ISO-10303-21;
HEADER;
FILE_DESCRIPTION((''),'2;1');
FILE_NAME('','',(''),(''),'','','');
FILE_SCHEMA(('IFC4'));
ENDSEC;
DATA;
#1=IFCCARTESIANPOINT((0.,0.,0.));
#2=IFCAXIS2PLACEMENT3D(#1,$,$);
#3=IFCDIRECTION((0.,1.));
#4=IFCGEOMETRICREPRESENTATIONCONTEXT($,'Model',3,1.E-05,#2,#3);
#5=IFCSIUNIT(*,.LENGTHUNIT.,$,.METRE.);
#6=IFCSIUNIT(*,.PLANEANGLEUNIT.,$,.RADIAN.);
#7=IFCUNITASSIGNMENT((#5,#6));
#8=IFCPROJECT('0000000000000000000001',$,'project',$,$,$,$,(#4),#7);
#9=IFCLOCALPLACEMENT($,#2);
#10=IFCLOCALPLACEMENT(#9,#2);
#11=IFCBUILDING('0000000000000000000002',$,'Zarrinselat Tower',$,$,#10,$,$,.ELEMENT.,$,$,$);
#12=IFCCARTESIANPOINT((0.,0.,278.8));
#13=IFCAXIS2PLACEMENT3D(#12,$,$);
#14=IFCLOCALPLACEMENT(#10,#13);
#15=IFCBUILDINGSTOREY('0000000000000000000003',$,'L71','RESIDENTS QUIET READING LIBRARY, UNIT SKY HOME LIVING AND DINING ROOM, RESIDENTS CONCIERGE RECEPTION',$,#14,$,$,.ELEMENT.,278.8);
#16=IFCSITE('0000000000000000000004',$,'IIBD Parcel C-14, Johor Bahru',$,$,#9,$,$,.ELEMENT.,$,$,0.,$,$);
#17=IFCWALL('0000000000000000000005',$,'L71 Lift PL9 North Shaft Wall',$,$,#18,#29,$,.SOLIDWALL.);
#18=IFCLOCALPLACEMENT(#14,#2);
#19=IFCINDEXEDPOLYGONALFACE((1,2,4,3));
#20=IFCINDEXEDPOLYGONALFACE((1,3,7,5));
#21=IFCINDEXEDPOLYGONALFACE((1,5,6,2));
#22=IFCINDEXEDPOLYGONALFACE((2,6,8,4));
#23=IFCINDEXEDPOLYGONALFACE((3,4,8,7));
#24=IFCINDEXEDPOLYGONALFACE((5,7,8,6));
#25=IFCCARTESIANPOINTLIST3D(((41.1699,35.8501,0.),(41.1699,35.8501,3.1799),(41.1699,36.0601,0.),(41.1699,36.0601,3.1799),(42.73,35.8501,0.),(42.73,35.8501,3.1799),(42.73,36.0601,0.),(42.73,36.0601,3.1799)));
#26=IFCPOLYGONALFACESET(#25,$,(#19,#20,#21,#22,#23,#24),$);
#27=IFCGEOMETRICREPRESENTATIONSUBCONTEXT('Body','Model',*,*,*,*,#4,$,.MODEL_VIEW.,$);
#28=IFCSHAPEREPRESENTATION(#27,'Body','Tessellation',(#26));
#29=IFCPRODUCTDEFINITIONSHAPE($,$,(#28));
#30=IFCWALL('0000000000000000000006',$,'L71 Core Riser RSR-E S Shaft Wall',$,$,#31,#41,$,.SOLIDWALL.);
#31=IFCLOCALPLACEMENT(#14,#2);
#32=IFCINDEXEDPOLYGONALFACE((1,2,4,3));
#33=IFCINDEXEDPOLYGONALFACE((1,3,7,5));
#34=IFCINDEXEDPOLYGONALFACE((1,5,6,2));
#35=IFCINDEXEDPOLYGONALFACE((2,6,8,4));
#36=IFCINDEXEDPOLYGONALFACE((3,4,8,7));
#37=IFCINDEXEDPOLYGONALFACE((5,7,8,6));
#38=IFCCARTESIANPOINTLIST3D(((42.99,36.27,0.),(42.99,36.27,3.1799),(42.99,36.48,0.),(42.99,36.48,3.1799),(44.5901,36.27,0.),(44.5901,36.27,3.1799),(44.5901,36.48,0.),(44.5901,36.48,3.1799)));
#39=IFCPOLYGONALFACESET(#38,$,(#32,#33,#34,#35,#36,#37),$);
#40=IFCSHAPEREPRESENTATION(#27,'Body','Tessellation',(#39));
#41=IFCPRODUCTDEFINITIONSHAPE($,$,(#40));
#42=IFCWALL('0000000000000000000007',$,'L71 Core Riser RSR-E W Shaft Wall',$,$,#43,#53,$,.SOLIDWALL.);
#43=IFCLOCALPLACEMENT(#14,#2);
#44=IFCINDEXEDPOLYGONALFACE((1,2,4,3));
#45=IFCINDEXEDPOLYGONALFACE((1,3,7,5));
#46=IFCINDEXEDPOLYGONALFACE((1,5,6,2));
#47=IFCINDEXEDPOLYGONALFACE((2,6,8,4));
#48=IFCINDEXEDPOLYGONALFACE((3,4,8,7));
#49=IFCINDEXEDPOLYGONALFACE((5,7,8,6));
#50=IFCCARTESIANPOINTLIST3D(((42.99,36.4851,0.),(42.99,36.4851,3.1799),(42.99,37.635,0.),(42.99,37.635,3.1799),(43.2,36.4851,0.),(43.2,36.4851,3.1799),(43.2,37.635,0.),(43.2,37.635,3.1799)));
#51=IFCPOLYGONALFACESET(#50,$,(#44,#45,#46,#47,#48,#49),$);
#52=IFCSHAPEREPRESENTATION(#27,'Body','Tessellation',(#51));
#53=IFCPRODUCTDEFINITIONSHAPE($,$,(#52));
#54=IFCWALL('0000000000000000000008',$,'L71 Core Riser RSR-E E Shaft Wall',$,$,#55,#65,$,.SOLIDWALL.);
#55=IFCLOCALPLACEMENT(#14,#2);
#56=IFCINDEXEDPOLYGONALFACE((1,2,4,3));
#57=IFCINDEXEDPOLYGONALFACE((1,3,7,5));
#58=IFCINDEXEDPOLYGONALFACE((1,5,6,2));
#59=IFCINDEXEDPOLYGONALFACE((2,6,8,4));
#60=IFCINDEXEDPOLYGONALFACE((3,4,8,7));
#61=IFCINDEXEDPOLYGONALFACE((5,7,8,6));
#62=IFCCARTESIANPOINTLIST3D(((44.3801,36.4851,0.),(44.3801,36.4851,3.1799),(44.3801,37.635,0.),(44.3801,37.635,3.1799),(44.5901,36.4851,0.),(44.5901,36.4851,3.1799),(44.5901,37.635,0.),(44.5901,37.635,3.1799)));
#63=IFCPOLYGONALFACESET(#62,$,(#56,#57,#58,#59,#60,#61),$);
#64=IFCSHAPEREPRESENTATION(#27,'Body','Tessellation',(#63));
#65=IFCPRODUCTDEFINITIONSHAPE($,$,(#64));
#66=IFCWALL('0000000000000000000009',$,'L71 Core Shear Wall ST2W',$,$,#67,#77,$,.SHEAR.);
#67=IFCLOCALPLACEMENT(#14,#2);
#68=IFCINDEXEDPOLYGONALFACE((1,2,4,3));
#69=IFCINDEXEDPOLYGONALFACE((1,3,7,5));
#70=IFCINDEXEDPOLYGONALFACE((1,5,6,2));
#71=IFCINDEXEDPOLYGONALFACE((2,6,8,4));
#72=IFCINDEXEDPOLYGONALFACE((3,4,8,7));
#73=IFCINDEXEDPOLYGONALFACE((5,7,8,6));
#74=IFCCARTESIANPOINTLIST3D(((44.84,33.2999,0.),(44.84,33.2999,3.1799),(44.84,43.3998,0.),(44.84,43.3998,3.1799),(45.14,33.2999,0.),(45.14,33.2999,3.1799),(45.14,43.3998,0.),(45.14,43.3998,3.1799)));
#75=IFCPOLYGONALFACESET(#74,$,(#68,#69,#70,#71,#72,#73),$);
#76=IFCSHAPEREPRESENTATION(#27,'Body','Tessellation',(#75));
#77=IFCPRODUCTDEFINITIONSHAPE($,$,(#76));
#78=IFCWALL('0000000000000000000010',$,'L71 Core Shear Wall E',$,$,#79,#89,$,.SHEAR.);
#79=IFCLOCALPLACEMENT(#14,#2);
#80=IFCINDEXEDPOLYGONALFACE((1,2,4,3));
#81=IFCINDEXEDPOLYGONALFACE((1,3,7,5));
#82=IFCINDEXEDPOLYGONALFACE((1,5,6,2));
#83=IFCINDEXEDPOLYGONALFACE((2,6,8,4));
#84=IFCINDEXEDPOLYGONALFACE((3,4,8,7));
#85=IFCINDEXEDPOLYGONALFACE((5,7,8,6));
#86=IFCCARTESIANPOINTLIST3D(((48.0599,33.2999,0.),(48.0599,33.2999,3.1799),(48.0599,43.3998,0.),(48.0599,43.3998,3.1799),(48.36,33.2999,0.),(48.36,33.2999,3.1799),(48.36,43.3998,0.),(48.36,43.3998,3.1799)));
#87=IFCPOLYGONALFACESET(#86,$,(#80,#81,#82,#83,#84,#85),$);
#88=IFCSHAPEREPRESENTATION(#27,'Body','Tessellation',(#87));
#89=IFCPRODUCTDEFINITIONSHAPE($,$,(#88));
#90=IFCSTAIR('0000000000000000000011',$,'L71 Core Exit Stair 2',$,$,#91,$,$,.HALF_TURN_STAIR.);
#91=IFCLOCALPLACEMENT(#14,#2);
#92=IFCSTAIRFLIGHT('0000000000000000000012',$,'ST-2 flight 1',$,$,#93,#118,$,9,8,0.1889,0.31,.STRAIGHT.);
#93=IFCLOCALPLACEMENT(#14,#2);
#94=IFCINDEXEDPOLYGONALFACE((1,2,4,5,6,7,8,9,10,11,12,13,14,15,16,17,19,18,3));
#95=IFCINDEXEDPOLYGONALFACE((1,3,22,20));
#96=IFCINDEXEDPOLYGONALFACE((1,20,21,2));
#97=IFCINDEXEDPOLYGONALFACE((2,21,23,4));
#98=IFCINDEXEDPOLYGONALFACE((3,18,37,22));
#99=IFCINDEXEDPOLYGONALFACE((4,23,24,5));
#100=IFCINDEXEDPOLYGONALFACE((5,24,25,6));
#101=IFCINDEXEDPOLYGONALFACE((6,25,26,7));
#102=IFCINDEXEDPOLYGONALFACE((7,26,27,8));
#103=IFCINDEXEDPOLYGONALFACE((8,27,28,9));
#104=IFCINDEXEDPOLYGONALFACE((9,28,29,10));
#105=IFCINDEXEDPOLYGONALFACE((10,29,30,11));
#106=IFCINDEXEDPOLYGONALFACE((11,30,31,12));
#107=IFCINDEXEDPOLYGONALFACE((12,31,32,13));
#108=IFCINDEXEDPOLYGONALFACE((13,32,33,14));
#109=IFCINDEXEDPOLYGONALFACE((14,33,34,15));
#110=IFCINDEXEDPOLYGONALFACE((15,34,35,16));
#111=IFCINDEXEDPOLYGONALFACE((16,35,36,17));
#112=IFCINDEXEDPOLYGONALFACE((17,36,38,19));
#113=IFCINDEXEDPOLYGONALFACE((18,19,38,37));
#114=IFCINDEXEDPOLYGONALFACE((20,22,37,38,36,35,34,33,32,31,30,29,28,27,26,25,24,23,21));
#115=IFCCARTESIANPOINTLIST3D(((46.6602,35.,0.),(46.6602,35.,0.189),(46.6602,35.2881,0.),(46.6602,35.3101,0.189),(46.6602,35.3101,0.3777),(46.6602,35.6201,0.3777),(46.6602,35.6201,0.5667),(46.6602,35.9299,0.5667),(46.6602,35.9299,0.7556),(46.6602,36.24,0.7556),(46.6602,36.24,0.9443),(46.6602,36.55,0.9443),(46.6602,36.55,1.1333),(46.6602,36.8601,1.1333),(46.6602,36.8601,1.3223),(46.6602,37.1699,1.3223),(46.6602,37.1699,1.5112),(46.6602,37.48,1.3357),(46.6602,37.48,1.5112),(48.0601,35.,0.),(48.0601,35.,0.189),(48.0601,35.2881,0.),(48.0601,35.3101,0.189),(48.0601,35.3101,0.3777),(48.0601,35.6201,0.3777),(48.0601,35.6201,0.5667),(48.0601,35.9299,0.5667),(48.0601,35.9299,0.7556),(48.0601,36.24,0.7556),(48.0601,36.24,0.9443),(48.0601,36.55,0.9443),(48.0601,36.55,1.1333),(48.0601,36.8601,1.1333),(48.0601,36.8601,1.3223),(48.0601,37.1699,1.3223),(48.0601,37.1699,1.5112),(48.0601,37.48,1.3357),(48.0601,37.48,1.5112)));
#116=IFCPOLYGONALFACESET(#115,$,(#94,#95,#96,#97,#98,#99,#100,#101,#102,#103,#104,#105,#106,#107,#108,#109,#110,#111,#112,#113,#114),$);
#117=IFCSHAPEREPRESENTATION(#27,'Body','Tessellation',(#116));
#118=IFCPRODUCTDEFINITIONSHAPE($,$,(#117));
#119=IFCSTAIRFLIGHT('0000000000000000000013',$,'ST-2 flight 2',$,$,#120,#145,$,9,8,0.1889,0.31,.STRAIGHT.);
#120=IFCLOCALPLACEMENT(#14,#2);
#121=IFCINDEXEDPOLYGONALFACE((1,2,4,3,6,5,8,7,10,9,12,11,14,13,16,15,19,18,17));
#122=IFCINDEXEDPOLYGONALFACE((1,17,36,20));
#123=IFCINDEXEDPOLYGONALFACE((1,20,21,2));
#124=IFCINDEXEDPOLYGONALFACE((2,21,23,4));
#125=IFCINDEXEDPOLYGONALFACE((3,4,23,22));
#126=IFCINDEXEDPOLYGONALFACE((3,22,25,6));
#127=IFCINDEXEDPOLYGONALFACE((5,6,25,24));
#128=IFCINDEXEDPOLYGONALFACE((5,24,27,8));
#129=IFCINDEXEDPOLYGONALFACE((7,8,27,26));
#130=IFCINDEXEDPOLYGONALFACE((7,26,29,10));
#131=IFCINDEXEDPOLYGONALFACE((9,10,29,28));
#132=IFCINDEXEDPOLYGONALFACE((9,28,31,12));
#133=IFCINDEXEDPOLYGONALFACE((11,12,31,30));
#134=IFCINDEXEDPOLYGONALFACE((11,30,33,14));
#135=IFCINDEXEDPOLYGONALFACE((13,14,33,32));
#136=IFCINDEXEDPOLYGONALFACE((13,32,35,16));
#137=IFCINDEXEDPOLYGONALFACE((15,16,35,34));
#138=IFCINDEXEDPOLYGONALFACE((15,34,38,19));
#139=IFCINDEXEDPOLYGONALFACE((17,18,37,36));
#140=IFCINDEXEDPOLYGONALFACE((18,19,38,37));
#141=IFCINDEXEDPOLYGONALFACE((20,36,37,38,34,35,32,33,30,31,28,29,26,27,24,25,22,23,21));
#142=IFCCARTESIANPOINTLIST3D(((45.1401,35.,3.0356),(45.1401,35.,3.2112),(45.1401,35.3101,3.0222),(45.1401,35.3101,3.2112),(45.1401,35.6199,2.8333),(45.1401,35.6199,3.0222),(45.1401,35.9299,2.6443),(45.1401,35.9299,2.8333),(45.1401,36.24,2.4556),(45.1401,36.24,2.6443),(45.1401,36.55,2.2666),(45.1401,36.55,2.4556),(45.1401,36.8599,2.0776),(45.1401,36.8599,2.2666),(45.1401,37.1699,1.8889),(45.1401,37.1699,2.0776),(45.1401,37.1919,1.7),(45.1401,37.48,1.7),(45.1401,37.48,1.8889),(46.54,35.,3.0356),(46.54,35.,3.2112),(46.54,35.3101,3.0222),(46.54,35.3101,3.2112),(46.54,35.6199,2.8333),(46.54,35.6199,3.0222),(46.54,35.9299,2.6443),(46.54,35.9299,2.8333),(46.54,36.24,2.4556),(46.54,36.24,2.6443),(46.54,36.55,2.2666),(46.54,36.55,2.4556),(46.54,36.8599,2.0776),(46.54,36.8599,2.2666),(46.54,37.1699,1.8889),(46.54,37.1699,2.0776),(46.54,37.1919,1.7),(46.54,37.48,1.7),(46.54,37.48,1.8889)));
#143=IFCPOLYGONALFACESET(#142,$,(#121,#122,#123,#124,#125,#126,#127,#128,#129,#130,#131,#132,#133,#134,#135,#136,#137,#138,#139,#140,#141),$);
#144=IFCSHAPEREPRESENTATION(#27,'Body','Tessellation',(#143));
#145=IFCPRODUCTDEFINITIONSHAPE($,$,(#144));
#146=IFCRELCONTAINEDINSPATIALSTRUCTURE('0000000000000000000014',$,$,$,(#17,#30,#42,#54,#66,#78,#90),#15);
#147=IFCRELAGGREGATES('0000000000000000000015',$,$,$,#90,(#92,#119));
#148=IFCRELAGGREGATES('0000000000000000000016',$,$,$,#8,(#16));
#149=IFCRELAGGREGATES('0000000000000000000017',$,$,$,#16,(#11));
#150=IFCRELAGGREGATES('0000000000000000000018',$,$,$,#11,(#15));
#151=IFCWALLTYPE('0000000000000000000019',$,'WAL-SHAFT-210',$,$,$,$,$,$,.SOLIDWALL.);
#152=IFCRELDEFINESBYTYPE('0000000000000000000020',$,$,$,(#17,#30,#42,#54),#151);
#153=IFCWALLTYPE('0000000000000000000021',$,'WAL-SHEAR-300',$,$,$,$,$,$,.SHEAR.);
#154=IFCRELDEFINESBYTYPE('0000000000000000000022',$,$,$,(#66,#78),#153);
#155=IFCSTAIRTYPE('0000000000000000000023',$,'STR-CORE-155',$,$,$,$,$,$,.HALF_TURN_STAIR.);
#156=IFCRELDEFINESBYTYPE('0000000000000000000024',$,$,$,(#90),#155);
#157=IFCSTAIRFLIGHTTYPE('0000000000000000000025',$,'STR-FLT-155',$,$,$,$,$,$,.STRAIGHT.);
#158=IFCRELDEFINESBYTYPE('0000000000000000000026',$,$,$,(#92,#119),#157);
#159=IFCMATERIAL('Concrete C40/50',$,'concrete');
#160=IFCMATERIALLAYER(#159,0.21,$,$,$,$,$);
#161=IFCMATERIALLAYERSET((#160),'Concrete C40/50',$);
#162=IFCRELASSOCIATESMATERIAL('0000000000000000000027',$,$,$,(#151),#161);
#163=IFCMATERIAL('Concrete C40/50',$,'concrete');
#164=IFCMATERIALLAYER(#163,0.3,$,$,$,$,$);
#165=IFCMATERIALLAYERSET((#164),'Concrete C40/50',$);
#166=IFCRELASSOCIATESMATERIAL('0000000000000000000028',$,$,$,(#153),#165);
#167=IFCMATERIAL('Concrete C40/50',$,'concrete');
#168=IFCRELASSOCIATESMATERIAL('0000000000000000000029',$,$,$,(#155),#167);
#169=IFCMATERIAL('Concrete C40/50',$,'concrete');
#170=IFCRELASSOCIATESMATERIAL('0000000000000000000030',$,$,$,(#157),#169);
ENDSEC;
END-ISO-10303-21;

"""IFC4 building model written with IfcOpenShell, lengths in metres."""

from ifc_helpers import new_model, si_unit, direction, frame, frame_2d, origin, place, context, subcontext, project, spatial, polyline, rectangle, outline, extrude, material, layer, layer_set, type_object, element, aggregate, save


model = new_model("IFC4")

# Units and contexts
model_context = context("Model", 3, precision=1e-05, world=origin(), true_north=direction((0.0, 1.0)))
body_context = subcontext(model_context, "Body", "Model", "MODEL_VIEW")
ifc_project = project(units=[si_unit("LENGTHUNIT", "METRE"), si_unit("PLANEANGLEUNIT", "RADIAN")], contexts=[model_context])

# Site, building, storey
site_placement = place(None, origin())
site = spatial("IfcSite", under=ifc_project, at=site_placement, Name="IIBD Parcel C-14, Johor Bahru", CompositionType="ELEMENT", RefElevation=0.0)
building_placement = place(site_placement, origin())
building = spatial("IfcBuilding", under=site, at=building_placement, Name="Zarrinselat Tower", CompositionType="ELEMENT")
storey_placement = place(building_placement, frame((0.0, 0.0, 278.8)))
storey = spatial("IfcBuildingStorey", under=building, at=storey_placement, Name="L71", Description="RESIDENTS QUIET READING LIBRARY, UNIT SKY HOME LIVING AND DINING ROOM, RESIDENTS CONCIERGE RECEPTION", CompositionType="ELEMENT", Elevation=278.8)

# Walls
ifc_material_1 = material(Name="Concrete C40/50", Category="concrete")
ifc_layer_1 = layer(ifc_material_1, 0.21)
ifc_layer_set_1 = layer_set([ifc_layer_1], Name="Concrete C40/50")
wall_type_1 = type_object("IfcWallType", Name="WAL-SHAFT-210", PredefinedType="SOLIDWALL", material=ifc_layer_set_1)
wall_1_placement = place(storey_placement, frame((41.1699, 35.9551, 0.0), z_axis=(0.0, 0.0, 1.0), x_axis=(1.0, 0.0, 0.0)))
element("IfcWall", 1, at=wall_1_placement, inside=storey, type_object=wall_type_1, Name="L71 Lift PL9 North Shaft Wall", PredefinedType="SOLIDWALL", context=body_context, shape_type="SweptSolid", body=[
    extrude(rectangle(XDim=1.5601, YDim=0.21, at=frame_2d((0.78, 0.0))), origin(), (0.0, 0.0, 1.0), 3.1799),
])
wall_2_placement = place(storey_placement, frame((42.99, 36.375, 0.0), z_axis=(0.0, 0.0, 1.0), x_axis=(1.0, 0.0, 0.0)))
element("IfcWall", 2, at=wall_2_placement, inside=storey, type_object=wall_type_1, Name="L71 Core Riser RSR-E S Shaft Wall", PredefinedType="SOLIDWALL", context=body_context, shape_type="SweptSolid", body=[
    extrude(rectangle(XDim=1.6001, YDim=0.21, at=frame_2d((0.8, 0.0))), origin(), (0.0, 0.0, 1.0), 3.1799),
])
for number, where, z_axis, x_axis, name in (
    (3, (43.095, 36.4851, 0.0), (0.0, 0.0, 1.0), (0.0, 1.0, 0.0), "L71 Core Riser RSR-E W Shaft Wall"),
    (4, (44.4851, 36.4851, 0.0), (0.0, 0.0, 1.0), (0.0, 1.0, 0.0), "L71 Core Riser RSR-E E Shaft Wall"),
):
    element("IfcWall", number, at=place(storey_placement, frame(where, z_axis=z_axis, x_axis=x_axis)), inside=storey, type_object=wall_type_1, Name=name, PredefinedType="SOLIDWALL", context=body_context, shape_type="SweptSolid", body=[
        extrude(rectangle(XDim=1.1499, YDim=0.21, at=frame_2d((0.575, 0.0))), origin(), (0.0, 0.0, 1.0), 3.1799),
    ])
ifc_material_2 = material(Name="Concrete C40/50", Category="concrete")
ifc_layer_2 = layer(ifc_material_2, 0.3)
ifc_layer_set_2 = layer_set([ifc_layer_2], Name="Concrete C40/50")
wall_type_2 = type_object("IfcWallType", Name="WAL-SHEAR-300", PredefinedType="SHEAR", material=ifc_layer_set_2)
for number, where, z_axis, x_axis, name in (
    (5, (44.99, 33.3, 0.0), (0.0, 0.0, 1.0), (0.0, 1.0, 0.0), "L71 Core Shear Wall ST2W"),
    (6, (48.21, 33.3, 0.0), (0.0, 0.0, 1.0), (0.0, 1.0, 0.0), "L71 Core Shear Wall E"),
):
    element("IfcWall", number, at=place(storey_placement, frame(where, z_axis=z_axis, x_axis=x_axis)), inside=storey, type_object=wall_type_2, Name=name, PredefinedType="SHEAR", context=body_context, shape_type="SweptSolid", body=[
        extrude(rectangle(XDim=10.0999, YDim=0.3, at=frame_2d((5.0498, 0.0))), origin(), (0.0, 0.0, 1.0), 3.1799),
    ])

# Stair, stair flights
ifc_material_3 = material(Name="Concrete C40/50", Category="concrete")
stair_type = type_object("IfcStairType", Name="STR-CORE-155", PredefinedType="HALF_TURN_STAIR", material=ifc_material_3)
stair_placement = place(storey_placement, origin())
stair = element("IfcStair", 7, at=stair_placement, inside=storey, type_object=stair_type, Name="L71 Core Exit Stair 2", PredefinedType="HALF_TURN_STAIR")
ifc_material_4 = material(Name="Concrete C40/50", Category="concrete")
stair_flight_type = type_object("IfcStairFlightType", Name="STR-FLT-155", PredefinedType="STRAIGHT", material=ifc_material_4)
stair_flight_1_placement = place(storey_placement, frame((47.3601, 35.0, 0.0), z_axis=(0.0, 0.0, 1.0), x_axis=(0.0, 1.0, 0.0)))
stair_flight_1 = element("IfcStairFlight", 8, at=stair_flight_1_placement, type_object=stair_flight_type, Name="ST-2 flight 1", NumberOfRisers=9, NumberOfTreads=8, PredefinedType="STRAIGHT", RiserHeight=0.1889, TreadLength=0.31, context=body_context, shape_type="SweptSolid", body=[
    extrude(outline(polyline([(0.0, 0.0), (0.0, 0.189), (0.3101, 0.189), (0.3101, 0.3777), (0.6201, 0.3777), (0.6201, 0.5667), (0.9299, 0.5667), (0.9299, 0.7556), (1.24, 0.7556), (1.24, 0.9443), (1.55, 0.9443), (1.55, 1.1333), (1.8601, 1.1333), (1.8601, 1.3223), (2.1699, 1.3223), (2.1699, 1.5112), (2.48, 1.5112), (2.48, 1.7), (2.48, 1.3357), (0.2881, 0.0), (0.0, 0.0)])), frame((0.0, 0.7, 0.0), z_axis=(0.0, -1.0, 0.0), x_axis=(1.0, 0.0, 0.0)), (0.0, 0.0, 1.0), 1.3999),
])
stair_flight_2_placement = place(storey_placement, frame((45.8401, 37.48, 1.7), z_axis=(0.0, 0.0, 1.0), x_axis=(0.0, -1.0, 0.0)))
stair_flight_2 = element("IfcStairFlight", 9, at=stair_flight_2_placement, type_object=stair_flight_type, Name="ST-2 flight 2", NumberOfRisers=9, NumberOfTreads=8, PredefinedType="STRAIGHT", RiserHeight=0.1889, TreadLength=0.31, context=body_context, shape_type="SweptSolid", body=[
    extrude(outline(polyline([(0.0, 0.0), (0.0, 0.189), (0.3101, 0.189), (0.3101, 0.3777), (0.6201, 0.3777), (0.6201, 0.5667), (0.9299, 0.5667), (0.9299, 0.7556), (1.24, 0.7556), (1.24, 0.9443), (1.55, 0.9443), (1.55, 1.1333), (1.8601, 1.1333), (1.8601, 1.3223), (2.1699, 1.3223), (2.1699, 1.5112), (2.48, 1.5112), (2.48, 1.7), (2.48, 1.3357), (0.2881, 0.0), (0.0, 0.0)])), frame((0.0, 0.7, 0.0), z_axis=(0.0, -1.0, 0.0), x_axis=(1.0, 0.0, 0.0)), (0.0, 0.0, 1.0), 1.3999),
])
aggregate(stair, [stair_flight_1, stair_flight_2])

save(model, "model.ifc")
